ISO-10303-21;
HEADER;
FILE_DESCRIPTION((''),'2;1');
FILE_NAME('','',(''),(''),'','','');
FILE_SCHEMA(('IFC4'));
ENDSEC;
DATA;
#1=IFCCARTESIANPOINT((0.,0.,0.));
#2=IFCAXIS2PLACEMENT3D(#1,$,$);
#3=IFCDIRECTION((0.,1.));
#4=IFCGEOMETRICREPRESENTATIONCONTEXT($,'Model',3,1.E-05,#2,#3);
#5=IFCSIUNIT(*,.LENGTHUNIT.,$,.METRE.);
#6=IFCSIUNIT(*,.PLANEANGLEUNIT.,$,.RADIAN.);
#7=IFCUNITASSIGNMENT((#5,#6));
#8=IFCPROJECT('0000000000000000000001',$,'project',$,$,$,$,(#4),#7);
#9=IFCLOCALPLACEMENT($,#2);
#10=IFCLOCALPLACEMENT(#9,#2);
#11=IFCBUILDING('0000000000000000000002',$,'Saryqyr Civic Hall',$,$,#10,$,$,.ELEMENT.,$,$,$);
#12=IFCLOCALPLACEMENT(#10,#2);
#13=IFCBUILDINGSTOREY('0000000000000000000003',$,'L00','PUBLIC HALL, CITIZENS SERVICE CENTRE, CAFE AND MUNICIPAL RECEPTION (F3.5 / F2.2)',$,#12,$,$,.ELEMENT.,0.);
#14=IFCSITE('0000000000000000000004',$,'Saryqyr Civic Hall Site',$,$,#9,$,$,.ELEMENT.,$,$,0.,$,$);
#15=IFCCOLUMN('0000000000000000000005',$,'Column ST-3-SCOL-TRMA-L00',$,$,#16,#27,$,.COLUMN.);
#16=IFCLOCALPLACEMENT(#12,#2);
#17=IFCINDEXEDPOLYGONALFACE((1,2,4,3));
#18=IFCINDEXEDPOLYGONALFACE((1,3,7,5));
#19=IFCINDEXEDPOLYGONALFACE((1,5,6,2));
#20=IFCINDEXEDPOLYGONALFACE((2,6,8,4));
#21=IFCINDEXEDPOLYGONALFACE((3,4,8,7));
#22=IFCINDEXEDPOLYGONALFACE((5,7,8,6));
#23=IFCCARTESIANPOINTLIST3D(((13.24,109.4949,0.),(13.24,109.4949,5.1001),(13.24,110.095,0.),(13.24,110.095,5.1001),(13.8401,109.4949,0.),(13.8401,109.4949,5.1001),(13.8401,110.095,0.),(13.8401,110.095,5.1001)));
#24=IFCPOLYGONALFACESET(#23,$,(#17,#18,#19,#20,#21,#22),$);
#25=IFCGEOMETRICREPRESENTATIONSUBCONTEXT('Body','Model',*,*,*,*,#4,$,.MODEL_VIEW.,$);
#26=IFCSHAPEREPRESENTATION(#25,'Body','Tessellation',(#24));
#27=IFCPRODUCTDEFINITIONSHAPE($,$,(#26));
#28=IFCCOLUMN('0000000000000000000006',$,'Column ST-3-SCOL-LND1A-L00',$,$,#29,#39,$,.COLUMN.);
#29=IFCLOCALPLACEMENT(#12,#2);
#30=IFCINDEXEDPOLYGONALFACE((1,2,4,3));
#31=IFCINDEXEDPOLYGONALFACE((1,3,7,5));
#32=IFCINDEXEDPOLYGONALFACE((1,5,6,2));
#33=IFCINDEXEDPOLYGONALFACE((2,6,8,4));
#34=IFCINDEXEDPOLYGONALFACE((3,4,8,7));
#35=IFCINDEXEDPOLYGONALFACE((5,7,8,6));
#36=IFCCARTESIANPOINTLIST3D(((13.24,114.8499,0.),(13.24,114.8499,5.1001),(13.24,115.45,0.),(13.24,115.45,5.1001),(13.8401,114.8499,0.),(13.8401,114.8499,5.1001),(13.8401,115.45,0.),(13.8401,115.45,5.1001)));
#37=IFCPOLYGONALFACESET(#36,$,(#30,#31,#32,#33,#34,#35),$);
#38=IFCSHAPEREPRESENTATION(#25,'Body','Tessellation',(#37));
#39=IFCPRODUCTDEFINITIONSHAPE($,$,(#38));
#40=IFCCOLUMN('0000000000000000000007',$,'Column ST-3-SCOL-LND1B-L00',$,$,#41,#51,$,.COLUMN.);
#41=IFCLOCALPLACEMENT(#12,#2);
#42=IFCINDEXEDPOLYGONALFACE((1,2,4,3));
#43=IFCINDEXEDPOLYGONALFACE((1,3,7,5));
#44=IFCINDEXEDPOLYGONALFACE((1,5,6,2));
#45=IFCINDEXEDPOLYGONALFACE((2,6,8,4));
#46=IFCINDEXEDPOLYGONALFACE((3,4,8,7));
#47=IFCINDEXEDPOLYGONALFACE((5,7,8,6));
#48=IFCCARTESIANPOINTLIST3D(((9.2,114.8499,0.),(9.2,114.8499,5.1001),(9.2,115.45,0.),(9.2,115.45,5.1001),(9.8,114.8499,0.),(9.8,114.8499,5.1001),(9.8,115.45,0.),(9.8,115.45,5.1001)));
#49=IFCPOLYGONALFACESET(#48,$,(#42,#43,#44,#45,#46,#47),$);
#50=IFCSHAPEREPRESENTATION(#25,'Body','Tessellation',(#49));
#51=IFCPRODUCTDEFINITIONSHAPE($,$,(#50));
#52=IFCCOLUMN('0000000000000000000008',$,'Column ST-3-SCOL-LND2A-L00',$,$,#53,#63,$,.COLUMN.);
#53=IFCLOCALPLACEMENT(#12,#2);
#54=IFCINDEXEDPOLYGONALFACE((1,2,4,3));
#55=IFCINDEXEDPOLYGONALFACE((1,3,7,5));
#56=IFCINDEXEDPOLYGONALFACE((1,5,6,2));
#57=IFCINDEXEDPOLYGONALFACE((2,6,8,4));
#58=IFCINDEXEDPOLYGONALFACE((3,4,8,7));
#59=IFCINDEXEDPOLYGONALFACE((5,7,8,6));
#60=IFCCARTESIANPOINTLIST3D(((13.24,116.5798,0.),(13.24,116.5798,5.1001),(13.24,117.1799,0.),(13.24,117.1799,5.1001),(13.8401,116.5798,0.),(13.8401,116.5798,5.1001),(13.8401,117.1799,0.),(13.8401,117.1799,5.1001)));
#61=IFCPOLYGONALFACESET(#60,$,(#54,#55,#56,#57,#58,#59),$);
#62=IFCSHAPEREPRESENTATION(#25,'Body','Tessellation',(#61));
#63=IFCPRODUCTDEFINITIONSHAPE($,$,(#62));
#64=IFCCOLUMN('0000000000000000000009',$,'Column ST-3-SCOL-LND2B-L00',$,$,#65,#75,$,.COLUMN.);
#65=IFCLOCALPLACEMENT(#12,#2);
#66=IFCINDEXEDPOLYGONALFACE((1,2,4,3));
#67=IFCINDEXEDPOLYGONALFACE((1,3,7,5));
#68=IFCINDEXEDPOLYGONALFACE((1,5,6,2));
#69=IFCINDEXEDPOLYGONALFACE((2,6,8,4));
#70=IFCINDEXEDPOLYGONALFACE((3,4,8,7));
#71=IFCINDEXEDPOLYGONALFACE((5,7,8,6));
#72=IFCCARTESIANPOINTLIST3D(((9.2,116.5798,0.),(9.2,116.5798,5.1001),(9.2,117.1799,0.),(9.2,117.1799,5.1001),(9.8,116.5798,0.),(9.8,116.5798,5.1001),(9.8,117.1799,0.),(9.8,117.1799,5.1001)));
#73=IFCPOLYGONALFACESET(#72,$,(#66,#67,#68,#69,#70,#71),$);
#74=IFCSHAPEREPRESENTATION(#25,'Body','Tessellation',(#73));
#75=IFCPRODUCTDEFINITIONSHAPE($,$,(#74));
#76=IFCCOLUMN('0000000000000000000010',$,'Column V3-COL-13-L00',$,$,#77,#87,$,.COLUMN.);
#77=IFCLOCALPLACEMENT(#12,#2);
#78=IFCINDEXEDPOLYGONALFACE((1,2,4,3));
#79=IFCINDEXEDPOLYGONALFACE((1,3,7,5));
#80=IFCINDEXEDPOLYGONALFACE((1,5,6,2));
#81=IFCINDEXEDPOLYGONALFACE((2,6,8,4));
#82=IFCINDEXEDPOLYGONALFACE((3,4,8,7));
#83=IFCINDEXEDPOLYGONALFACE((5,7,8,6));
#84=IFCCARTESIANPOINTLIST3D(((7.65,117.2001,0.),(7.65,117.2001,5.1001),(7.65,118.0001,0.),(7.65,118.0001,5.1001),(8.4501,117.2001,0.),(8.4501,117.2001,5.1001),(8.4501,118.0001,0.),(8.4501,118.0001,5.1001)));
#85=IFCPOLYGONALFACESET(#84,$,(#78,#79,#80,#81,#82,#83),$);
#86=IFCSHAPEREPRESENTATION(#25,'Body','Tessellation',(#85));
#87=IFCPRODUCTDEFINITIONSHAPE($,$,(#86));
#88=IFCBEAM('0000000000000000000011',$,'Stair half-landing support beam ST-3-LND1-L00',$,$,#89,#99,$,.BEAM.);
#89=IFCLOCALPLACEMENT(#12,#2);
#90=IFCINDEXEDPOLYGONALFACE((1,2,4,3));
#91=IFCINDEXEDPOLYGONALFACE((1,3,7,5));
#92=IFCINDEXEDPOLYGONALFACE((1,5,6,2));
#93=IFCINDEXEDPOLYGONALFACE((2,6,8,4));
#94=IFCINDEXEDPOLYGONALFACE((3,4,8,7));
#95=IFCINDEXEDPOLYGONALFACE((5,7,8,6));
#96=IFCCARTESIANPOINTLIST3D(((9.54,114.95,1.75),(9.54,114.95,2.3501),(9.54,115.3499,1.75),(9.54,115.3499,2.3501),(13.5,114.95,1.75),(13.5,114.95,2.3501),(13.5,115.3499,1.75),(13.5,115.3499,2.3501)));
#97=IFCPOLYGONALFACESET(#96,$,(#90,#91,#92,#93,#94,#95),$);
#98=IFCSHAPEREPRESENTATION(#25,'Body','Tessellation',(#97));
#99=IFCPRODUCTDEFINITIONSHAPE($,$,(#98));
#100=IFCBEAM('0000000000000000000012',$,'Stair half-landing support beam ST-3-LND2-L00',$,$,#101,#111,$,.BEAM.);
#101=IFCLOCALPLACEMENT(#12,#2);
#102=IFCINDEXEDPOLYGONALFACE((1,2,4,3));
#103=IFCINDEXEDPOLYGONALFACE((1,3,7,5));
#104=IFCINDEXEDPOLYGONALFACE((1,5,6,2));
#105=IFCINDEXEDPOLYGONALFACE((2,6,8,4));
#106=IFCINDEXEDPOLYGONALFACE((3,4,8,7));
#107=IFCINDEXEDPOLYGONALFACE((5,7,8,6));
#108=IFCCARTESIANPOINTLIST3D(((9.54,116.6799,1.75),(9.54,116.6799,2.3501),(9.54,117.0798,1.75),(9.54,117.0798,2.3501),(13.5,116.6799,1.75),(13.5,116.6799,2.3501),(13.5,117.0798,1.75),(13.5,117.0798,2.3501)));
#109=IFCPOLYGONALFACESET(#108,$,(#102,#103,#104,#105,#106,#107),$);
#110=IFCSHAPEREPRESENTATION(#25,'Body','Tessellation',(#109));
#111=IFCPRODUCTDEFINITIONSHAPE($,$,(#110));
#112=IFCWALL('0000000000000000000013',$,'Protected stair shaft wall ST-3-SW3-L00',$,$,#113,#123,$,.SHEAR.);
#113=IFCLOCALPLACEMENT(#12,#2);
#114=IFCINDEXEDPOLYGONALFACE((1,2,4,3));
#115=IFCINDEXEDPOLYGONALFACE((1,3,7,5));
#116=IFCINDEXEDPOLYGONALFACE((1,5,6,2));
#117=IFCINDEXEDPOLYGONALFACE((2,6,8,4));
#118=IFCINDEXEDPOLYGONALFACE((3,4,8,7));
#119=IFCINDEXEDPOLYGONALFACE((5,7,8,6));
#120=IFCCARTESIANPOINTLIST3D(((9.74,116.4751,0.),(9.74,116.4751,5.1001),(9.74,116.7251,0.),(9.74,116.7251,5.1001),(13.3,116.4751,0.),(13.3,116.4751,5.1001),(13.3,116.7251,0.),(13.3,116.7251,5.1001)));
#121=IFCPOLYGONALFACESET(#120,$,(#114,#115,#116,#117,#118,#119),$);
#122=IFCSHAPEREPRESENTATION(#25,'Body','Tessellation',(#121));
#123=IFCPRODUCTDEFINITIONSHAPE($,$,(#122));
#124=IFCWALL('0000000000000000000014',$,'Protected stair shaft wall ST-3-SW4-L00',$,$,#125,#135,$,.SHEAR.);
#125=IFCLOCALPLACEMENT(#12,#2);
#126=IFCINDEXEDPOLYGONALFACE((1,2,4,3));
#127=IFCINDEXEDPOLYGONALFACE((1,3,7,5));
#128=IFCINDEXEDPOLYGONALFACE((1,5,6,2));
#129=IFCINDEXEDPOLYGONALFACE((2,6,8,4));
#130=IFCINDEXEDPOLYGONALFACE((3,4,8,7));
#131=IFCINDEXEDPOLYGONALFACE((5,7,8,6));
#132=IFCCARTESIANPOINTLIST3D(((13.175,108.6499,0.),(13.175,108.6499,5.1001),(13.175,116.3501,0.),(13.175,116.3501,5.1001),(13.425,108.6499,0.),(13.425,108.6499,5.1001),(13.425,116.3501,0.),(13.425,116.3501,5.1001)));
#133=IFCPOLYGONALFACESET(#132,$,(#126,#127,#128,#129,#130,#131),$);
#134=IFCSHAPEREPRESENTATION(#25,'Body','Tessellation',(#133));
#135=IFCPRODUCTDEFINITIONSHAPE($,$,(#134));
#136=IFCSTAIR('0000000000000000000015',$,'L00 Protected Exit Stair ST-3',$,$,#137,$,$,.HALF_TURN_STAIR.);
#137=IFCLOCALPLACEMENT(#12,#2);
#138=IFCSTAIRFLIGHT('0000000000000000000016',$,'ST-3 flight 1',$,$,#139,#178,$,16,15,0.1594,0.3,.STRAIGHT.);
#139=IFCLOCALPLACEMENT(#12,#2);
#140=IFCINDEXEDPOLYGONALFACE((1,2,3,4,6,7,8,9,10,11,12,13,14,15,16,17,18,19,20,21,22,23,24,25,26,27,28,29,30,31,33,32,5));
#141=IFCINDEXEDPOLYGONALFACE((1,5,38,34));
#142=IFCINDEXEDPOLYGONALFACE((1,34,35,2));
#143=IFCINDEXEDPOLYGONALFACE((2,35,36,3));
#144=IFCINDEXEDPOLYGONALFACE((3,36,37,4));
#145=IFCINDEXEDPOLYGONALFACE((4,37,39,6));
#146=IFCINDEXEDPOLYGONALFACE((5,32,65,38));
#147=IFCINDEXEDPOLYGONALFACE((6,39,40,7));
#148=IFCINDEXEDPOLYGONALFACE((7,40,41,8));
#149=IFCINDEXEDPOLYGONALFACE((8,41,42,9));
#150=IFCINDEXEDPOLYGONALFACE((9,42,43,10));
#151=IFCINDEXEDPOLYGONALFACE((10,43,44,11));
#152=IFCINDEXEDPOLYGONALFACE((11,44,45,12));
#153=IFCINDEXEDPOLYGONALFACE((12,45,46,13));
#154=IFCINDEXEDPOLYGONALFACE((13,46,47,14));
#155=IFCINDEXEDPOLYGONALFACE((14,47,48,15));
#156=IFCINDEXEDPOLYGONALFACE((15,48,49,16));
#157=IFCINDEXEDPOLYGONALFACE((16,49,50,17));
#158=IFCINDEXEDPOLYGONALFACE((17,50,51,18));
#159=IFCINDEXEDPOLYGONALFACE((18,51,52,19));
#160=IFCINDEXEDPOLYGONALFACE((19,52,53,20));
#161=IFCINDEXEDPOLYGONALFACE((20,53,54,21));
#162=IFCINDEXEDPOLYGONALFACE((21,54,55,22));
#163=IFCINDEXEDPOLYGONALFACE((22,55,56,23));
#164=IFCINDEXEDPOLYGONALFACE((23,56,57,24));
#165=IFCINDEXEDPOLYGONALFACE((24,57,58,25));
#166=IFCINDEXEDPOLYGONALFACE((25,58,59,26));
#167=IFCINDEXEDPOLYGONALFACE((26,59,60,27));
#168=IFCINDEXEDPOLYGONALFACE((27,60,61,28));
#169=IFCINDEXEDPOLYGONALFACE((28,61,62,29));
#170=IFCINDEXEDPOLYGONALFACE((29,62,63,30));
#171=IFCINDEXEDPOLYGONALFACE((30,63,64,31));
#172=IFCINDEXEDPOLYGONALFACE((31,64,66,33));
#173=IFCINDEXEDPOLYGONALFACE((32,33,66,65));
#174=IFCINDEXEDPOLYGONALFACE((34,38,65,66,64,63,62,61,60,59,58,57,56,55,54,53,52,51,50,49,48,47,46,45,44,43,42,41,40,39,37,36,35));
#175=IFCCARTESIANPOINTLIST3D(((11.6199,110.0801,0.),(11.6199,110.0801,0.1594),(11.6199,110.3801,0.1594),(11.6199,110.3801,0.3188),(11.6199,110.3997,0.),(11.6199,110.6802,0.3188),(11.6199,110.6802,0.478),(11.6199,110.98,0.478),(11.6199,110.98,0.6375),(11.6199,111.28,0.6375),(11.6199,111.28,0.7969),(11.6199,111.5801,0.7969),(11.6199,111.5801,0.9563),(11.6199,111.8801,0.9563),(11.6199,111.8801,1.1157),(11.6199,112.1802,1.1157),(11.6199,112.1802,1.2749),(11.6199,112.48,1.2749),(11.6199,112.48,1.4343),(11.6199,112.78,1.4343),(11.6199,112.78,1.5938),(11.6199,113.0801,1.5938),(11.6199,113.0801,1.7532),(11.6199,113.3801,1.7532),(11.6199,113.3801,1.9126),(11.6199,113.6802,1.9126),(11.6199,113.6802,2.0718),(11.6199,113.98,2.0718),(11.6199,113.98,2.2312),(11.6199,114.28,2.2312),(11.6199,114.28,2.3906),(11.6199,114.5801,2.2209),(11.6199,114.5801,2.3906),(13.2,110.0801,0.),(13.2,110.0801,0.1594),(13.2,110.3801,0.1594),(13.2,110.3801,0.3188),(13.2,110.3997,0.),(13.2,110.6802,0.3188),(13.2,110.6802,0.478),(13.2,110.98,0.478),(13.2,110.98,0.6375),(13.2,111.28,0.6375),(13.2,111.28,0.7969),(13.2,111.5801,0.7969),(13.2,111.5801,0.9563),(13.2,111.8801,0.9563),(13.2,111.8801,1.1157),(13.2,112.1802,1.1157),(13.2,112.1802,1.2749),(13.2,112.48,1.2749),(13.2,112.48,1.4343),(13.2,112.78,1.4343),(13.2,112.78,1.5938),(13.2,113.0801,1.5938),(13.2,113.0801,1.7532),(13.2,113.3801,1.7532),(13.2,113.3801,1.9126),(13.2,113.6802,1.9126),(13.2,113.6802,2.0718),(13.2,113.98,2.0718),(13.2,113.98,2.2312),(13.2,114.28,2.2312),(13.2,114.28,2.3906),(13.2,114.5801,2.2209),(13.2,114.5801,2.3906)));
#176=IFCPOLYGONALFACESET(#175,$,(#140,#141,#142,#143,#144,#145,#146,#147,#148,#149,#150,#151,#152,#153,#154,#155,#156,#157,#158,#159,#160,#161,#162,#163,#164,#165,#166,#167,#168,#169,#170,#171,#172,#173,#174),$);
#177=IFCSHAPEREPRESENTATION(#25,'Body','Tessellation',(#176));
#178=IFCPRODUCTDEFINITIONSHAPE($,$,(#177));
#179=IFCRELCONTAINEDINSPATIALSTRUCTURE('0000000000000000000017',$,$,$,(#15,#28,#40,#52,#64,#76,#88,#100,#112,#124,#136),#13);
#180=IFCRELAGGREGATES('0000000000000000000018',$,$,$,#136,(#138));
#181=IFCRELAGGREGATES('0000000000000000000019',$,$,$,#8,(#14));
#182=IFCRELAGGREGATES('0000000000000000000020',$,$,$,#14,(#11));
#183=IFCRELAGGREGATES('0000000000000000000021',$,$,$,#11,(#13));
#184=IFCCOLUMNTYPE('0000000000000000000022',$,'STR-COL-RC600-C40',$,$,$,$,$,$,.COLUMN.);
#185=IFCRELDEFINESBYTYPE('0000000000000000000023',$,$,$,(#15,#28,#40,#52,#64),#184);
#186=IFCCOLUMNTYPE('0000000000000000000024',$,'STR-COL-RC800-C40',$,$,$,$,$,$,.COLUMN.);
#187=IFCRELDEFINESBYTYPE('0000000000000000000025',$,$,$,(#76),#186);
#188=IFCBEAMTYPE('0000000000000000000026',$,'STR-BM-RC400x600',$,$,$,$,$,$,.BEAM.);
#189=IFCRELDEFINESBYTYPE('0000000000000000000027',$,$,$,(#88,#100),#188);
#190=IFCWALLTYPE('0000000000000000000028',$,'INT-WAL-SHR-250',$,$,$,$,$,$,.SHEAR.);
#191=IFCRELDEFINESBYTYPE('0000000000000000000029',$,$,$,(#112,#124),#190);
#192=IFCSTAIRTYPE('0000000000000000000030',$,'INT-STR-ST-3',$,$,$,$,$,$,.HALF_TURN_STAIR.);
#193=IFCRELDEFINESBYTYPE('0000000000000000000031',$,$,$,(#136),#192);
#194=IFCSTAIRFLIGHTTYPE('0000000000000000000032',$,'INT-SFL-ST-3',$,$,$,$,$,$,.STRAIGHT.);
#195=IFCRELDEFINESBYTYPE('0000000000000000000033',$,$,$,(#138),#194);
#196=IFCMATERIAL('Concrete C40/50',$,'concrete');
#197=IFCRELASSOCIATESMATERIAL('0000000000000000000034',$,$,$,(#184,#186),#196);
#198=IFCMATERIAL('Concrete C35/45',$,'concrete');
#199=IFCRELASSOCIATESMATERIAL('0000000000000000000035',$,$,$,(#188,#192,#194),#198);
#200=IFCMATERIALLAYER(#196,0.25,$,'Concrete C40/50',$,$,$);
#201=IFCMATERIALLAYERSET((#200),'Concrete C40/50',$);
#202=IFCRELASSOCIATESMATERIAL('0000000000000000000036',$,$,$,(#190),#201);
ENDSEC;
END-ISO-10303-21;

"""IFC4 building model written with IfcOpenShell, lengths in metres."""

from ifc_helpers import new_model, si_unit, direction, frame, frame_2d, origin, origin_2d, place, context, subcontext, project, spatial, polyline, rectangle, outline, extrude, material, layer, layer_set, material_profile, profile_set, type_object, element, aggregate, save


model = new_model("IFC4")

# Units and contexts
model_context = context("Model", 3, precision=1e-05, world=origin(), true_north=direction((0.0, 1.0)))
body_context = subcontext(model_context, "Body", "Model", "MODEL_VIEW")
ifc_project = project(units=[si_unit("LENGTHUNIT", "METRE"), si_unit("PLANEANGLEUNIT", "RADIAN")], contexts=[model_context])

# Site, building, storey
site_placement = place(None, origin())
site = spatial("IfcSite", under=ifc_project, at=site_placement, Name="Saryqyr Civic Hall Site", CompositionType="ELEMENT", RefElevation=0.0)
building_placement = place(site_placement, origin())
building = spatial("IfcBuilding", under=site, at=building_placement, Name="Saryqyr Civic Hall", CompositionType="ELEMENT")
storey_placement = place(building_placement, origin())
storey = spatial("IfcBuildingStorey", under=building, at=storey_placement, Name="L00", Description="PUBLIC HALL, CITIZENS SERVICE CENTRE, CAFE AND MUNICIPAL RECEPTION (F3.5 / F2.2)", CompositionType="ELEMENT", Elevation=0.0)

# Columns
ifc_material_1 = material(Name="Concrete C40/50", Category="concrete")
ifc_material_profile_1 = material_profile(ifc_material_1, rectangle(XDim=0.6001, YDim=0.6001, at=origin_2d()), Name="RC 600x600")
ifc_profile_set_1 = profile_set([ifc_material_profile_1], Name="Concrete C40/50")
column_type_1 = type_object("IfcColumnType", Name="STR-COL-RC600-C40", PredefinedType="COLUMN", material=ifc_profile_set_1)
for number, where, z_axis, x_axis, name in (
    (1, (13.54, 109.7949, 0.0), (0.0, 0.0, 1.0), (1.0, 0.0, 0.0), "Column ST-3-SCOL-TRMA-L00"),
    (2, (13.54, 115.1499, 0.0), (0.0, 0.0, 1.0), (1.0, 0.0, 0.0), "Column ST-3-SCOL-LND1A-L00"),
    (3, (9.5, 115.1499, 0.0), (0.0, 0.0, 1.0), (1.0, 0.0, 0.0), "Column ST-3-SCOL-LND1B-L00"),
    (4, (13.54, 116.8799, 0.0), (0.0, 0.0, 1.0), (1.0, 0.0, 0.0), "Column ST-3-SCOL-LND2A-L00"),
    (5, (9.5, 116.8799, 0.0), (0.0, 0.0, 1.0), (1.0, 0.0, 0.0), "Column ST-3-SCOL-LND2B-L00"),
):
    element("IfcColumn", number, at=place(storey_placement, frame(where, z_axis=z_axis, x_axis=x_axis)), inside=storey, type_object=column_type_1, Name=name, PredefinedType="COLUMN", context=body_context, shape_type="SweptSolid", body=[
        extrude(rectangle(XDim=0.6001, YDim=0.6001, at=origin_2d()), origin(), (0.0, 0.0, 1.0), 5.1001),
    ])
ifc_material_profile_2 = material_profile(ifc_material_1, rectangle(XDim=0.8, YDim=0.8, at=origin_2d()), Name="RC 800x800")
ifc_profile_set_2 = profile_set([ifc_material_profile_2], Name="Concrete C40/50")
column_type_2 = type_object("IfcColumnType", Name="STR-COL-RC800-C40", PredefinedType="COLUMN", material=ifc_profile_set_2)
column_placement = place(storey_placement, frame((8.05, 117.6001, 0.0), z_axis=(0.0, 0.0, 1.0), x_axis=(1.0, 0.0, 0.0)))
element("IfcColumn", 6, at=column_placement, inside=storey, type_object=column_type_2, Name="Column V3-COL-13-L00", PredefinedType="COLUMN", context=body_context, shape_type="SweptSolid", body=[
    extrude(rectangle(XDim=0.8, YDim=0.8, at=origin_2d()), origin(), (0.0, 0.0, 1.0), 5.1001),
])

# Beams
ifc_material_2 = material(Name="Concrete C35/45", Category="concrete")
ifc_material_profile_3 = material_profile(ifc_material_2, rectangle(XDim=0.3999, YDim=0.6001, at=origin_2d()), Name="RC 400x600")
ifc_profile_set_3 = profile_set([ifc_material_profile_3], Name="Concrete C35/45")
beam_type = type_object("IfcBeamType", Name="STR-BM-RC400x600", PredefinedType="BEAM", material=ifc_profile_set_3)
for number, where, z_axis, x_axis, name in (
    (7, (13.5, 115.1499, 2.05), (-1.0, 0.0, 0.0), (0.0, -1.0, 0.0), "Stair half-landing support beam ST-3-LND1-L00"),
    (8, (13.5, 116.8799, 2.05), (-1.0, 0.0, 0.0), (0.0, -1.0, 0.0), "Stair half-landing support beam ST-3-LND2-L00"),
):
    element("IfcBeam", number, at=place(storey_placement, frame(where, z_axis=z_axis, x_axis=x_axis)), inside=storey, type_object=beam_type, Name=name, PredefinedType="BEAM", context=body_context, shape_type="SweptSolid", body=[
        extrude(rectangle(XDim=0.3999, YDim=0.6001, at=origin_2d()), origin(), (0.0, 0.0, 1.0), 3.96),
    ])

# Walls
ifc_layer_1 = layer(ifc_material_1, 0.25, Name="Concrete C40/50")
ifc_layer_set_1 = layer_set([ifc_layer_1], Name="Concrete C40/50")
wall_type = type_object("IfcWallType", Name="INT-WAL-SHR-250", PredefinedType="SHEAR", material=ifc_layer_set_1)
wall_1_placement = place(storey_placement, frame((9.74, 116.6001, 0.0), z_axis=(0.0, 0.0, 1.0), x_axis=(1.0, 0.0, 0.0)))
element("IfcWall", 9, at=wall_1_placement, inside=storey, type_object=wall_type, Name="Protected stair shaft wall ST-3-SW3-L00", PredefinedType="SHEAR", context=body_context, shape_type="SweptSolid", body=[
    extrude(rectangle(XDim=3.5601, YDim=0.25, at=frame_2d((1.78, 0.0))), origin(), (0.0, 0.0, 1.0), 5.1001),
])
wall_2_placement = place(storey_placement, frame((13.3, 116.3501, 0.0), z_axis=(0.0, 0.0, 1.0), x_axis=(0.0, -1.0, 0.0)))
element("IfcWall", 10, at=wall_2_placement, inside=storey, type_object=wall_type, Name="Protected stair shaft wall ST-3-SW4-L00", PredefinedType="SHEAR", context=body_context, shape_type="SweptSolid", body=[
    extrude(rectangle(XDim=7.7002, YDim=0.25, at=frame_2d((3.8501, 0.0))), origin(), (0.0, 0.0, 1.0), 5.1001),
])

# Stair, stair flight
stair_type = type_object("IfcStairType", Name="INT-STR-ST-3", PredefinedType="HALF_TURN_STAIR", material=ifc_material_2)
stair_placement = place(storey_placement, origin())
stair = element("IfcStair", 11, at=stair_placement, inside=storey, type_object=stair_type, Name="L00 Protected Exit Stair ST-3", PredefinedType="HALF_TURN_STAIR")
stair_flight_type = type_object("IfcStairFlightType", Name="INT-SFL-ST-3", PredefinedType="STRAIGHT", material=ifc_material_2)
stair_flight_1_placement = place(storey_placement, frame((12.4099, 110.0801, 0.0), z_axis=(0.0, 0.0, 1.0), x_axis=(0.0, 1.0, 0.0)))
stair_flight_1 = element("IfcStairFlight", 12, at=stair_flight_1_placement, type_object=stair_flight_type, Name="ST-3 flight 1", NumberOfRisers=16, NumberOfTreads=15, PredefinedType="STRAIGHT", RiserHeight=0.1594, TreadLength=0.3, context=body_context, shape_type="SweptSolid", body=[
    extrude(outline(polyline([(0.0, 0.0), (0.0, 0.1594), (0.3, 0.1594), (0.3, 0.3188), (0.6001, 0.3188), (0.6001, 0.478), (0.8999, 0.478), (0.8999, 0.6375), (1.2, 0.6375), (1.2, 0.7969), (1.5, 0.7969), (1.5, 0.9563), (1.8, 0.9563), (1.8, 1.1157), (2.1001, 1.1157), (2.1001, 1.2749), (2.3999, 1.2749), (2.3999, 1.4343), (2.7, 1.4343), (2.7, 1.5938), (3.0, 1.5938), (3.0, 1.7532), (3.3, 1.7532), (3.3, 1.9126), (3.6001, 1.9126), (3.6001, 2.0718), (3.8999, 2.0718), (3.8999, 2.2312), (4.2, 2.2312), (4.2, 2.3906), (4.5, 2.3906), (4.5, 2.55), (4.5, 2.2209), (0.3196, 0.0), (0.0, 0.0)])), frame((0.0, 0.79, 0.0), z_axis=(0.0, -1.0, 0.0), x_axis=(1.0, 0.0, 0.0)), (0.0, 0.0, 1.0), 1.5801),
])
aggregate(stair, [stair_flight_1])

save(model, "model.ifc")
